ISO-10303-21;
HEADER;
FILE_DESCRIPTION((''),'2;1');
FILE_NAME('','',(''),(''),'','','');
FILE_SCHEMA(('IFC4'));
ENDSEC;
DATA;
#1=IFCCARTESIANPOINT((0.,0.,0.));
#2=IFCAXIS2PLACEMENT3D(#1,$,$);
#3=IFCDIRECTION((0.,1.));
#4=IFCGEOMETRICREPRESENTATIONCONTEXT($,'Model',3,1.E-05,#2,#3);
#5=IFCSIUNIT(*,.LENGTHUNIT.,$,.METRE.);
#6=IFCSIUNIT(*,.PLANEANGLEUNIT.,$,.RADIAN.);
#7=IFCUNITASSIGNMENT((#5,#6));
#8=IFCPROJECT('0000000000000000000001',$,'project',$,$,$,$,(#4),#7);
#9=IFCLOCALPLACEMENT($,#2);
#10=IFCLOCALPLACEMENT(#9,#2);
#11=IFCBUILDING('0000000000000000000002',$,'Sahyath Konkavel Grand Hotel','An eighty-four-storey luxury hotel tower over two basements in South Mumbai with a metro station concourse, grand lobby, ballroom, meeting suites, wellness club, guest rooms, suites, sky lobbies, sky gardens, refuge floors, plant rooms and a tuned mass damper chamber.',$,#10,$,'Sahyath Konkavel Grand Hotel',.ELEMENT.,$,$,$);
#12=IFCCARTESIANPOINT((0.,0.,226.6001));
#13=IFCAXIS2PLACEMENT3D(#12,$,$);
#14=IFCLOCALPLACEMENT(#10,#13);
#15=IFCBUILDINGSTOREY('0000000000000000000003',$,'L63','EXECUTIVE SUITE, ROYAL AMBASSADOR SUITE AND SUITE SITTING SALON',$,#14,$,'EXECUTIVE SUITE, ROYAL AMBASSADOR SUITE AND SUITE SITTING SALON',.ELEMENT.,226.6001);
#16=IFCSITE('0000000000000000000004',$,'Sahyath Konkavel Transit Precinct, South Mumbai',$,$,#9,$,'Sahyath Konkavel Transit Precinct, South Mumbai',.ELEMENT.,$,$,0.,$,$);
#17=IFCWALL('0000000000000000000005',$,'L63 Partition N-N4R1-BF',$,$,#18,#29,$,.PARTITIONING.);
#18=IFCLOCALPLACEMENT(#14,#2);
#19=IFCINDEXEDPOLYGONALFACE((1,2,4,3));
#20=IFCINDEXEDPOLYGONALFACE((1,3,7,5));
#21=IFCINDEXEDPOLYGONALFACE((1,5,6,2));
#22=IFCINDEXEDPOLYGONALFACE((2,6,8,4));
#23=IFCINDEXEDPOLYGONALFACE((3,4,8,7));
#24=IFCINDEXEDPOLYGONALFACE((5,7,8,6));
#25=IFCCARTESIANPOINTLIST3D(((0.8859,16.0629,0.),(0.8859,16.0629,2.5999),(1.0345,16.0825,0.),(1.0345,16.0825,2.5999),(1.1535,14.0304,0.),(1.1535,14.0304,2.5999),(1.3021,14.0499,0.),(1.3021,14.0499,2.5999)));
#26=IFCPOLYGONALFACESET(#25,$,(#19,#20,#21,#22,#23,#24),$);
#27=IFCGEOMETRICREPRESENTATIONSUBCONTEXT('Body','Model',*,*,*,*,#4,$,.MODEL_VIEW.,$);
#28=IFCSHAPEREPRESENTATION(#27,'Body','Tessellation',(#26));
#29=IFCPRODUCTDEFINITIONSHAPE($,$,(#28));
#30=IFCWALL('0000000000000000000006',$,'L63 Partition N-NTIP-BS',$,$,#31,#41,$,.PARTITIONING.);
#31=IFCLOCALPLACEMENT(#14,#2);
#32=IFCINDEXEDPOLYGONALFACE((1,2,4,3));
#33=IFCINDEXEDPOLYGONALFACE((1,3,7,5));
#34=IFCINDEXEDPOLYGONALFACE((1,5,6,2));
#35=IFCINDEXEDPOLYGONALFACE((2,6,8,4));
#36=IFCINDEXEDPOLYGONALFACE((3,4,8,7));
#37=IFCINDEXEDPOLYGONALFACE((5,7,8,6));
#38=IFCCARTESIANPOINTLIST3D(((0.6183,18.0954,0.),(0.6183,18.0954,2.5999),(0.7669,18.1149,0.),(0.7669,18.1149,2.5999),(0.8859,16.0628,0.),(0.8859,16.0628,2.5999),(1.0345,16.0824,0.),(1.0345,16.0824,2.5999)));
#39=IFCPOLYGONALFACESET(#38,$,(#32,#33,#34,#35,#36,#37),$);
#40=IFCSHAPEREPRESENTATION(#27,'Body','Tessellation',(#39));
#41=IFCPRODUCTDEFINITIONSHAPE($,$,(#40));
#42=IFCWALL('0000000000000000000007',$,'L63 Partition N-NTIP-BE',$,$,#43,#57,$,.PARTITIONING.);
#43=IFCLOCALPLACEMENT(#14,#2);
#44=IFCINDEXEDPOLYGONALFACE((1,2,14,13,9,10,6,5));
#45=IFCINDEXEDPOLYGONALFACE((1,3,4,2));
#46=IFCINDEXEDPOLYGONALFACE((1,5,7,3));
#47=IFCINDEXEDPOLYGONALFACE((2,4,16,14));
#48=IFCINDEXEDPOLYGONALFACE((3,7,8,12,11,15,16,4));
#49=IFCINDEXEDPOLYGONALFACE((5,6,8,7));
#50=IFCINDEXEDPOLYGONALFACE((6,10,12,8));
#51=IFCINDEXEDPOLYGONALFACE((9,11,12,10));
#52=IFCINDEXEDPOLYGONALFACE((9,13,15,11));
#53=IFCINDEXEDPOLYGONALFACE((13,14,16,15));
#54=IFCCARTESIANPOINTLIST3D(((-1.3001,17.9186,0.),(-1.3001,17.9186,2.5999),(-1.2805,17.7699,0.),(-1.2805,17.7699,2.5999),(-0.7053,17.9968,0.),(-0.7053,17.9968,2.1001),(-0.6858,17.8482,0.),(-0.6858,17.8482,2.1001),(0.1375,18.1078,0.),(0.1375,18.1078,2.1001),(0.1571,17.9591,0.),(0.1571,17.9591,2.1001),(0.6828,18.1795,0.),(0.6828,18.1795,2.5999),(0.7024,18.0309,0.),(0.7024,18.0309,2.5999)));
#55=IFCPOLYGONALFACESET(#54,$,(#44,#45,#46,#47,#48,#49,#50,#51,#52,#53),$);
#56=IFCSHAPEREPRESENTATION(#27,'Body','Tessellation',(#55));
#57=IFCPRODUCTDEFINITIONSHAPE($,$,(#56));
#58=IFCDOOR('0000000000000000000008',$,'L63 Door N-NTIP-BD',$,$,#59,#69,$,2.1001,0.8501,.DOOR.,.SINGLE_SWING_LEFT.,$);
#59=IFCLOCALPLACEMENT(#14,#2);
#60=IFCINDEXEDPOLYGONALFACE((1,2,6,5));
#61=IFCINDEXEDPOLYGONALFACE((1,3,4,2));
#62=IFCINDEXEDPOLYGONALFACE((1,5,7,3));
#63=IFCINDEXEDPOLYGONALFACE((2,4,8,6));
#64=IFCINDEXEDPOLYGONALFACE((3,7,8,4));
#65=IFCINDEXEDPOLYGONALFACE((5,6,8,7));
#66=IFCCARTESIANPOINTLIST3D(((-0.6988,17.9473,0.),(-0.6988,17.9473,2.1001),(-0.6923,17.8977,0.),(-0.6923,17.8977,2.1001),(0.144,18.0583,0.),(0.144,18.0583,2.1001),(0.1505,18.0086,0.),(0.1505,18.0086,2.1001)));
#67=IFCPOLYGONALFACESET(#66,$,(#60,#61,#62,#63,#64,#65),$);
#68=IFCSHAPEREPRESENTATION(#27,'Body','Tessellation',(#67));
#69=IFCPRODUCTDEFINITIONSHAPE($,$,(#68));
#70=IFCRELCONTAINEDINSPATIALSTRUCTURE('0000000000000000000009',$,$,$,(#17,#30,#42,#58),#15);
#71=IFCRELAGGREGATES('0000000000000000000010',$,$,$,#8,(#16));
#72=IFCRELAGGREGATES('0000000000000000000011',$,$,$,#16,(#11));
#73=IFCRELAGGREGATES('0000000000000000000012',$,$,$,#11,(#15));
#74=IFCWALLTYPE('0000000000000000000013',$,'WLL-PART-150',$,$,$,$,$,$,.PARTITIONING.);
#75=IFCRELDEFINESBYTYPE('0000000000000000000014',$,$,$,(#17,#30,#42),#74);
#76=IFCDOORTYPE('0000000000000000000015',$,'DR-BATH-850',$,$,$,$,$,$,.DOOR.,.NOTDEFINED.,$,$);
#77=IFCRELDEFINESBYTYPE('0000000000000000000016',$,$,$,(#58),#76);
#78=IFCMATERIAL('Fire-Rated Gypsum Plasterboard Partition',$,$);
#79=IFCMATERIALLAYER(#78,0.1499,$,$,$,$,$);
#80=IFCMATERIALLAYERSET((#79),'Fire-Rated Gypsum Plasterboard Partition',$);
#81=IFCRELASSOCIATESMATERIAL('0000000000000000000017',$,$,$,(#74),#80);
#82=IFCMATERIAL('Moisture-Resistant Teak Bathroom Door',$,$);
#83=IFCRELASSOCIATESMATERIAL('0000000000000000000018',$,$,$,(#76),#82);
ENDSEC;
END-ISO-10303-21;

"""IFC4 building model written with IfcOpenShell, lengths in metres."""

from ifc_helpers import new_model, si_unit, direction, frame, frame_2d, origin, origin_2d, place, context, subcontext, project, spatial, rectangle, extrude, source, transform, mapped, material, layer, layer_set, type_object, element, fill, save


model = new_model("IFC4")

# Units and contexts
model_context = context("Model", 3, precision=1e-05, world=origin(), true_north=direction((0.0, 1.0)))
body_context = subcontext(model_context, "Body", "Model", "MODEL_VIEW")
ifc_project = project(units=[si_unit("LENGTHUNIT", "METRE"), si_unit("PLANEANGLEUNIT", "RADIAN")], contexts=[model_context])

# Site, building, storey
site_placement = place(None, origin())
site = spatial("IfcSite", under=ifc_project, at=site_placement, Name="Sahyath Konkavel Transit Precinct, South Mumbai", LongName="Sahyath Konkavel Transit Precinct, South Mumbai", CompositionType="ELEMENT", RefElevation=0.0)
building_placement = place(site_placement, origin())
building = spatial("IfcBuilding", under=site, at=building_placement, Name="Sahyath Konkavel Grand Hotel", Description="An eighty-four-storey luxury hotel tower over two basements in South Mumbai with a metro station concourse, grand lobby, ballroom, meeting suites, wellness club, guest rooms, suites, sky lobbies, sky gardens, refuge floors, plant rooms and a tuned mass damper chamber.", LongName="Sahyath Konkavel Grand Hotel", CompositionType="ELEMENT")
storey_placement = place(building_placement, frame((0.0, 0.0, 226.6001)))
storey = spatial("IfcBuildingStorey", under=building, at=storey_placement, Name="L63", Description="EXECUTIVE SUITE, ROYAL AMBASSADOR SUITE AND SUITE SITTING SALON", LongName="EXECUTIVE SUITE, ROYAL AMBASSADOR SUITE AND SUITE SITTING SALON", CompositionType="ELEMENT", Elevation=226.6001)

# Shared definitions
shared_shape_1 = source(origin(), body_context, "Body", "SweptSolid", [
    extrude(rectangle(XDim=0.8501, YDim=0.05, at=origin_2d()), origin(), (0.0, 0.0, 1.0), 2.1001),
])

# Walls
ifc_material_1 = material(Name="Fire-Rated Gypsum Plasterboard Partition")
ifc_layer_1 = layer(ifc_material_1, 0.1499)
ifc_layer_set_1 = layer_set([ifc_layer_1], Name="Fire-Rated Gypsum Plasterboard Partition")
wall_type_1 = type_object("IfcWallType", Name="WLL-PART-150", PredefinedType="PARTITIONING", material=ifc_layer_set_1)
for number, where, z_axis, x_axis, name in (
    (1, (1.2278, 14.0403, 0.0), (0.0, 0.0, 1.0), (-0.130525, 0.991445, 0.0), "L63 Partition N-N4R1-BF"),
    (2, (0.9602, 16.0728, 0.0), (0.0, 0.0, 1.0), (-0.130525, 0.991445, 0.0), "L63 Partition N-NTIP-BS"),
):
    element("IfcWall", number, at=place(storey_placement, frame(where, z_axis=z_axis, x_axis=x_axis)), inside=storey, type_object=wall_type_1, Name=name, PredefinedType="PARTITIONING", context=body_context, shape_type="SweptSolid", body=[
        extrude(rectangle(XDim=2.05, YDim=0.1499, at=frame_2d((1.0249, 0.0))), origin(), (0.0, 0.0, 1.0), 2.5999),
    ])

# Wall, opening, door
wall_1_placement = place(storey_placement, frame((0.6926, 18.1052, 0.0), z_axis=(0.0, 0.0, 1.0), x_axis=(-0.991449, -0.130492, 0.0)))
wall_1 = element("IfcWall", 3, at=wall_1_placement, inside=storey, type_object=wall_type_1, Name="L63 Partition N-NTIP-BE", PredefinedType="PARTITIONING", context=body_context, shape_type="SweptSolid", body=[
    extrude(rectangle(XDim=2.0, YDim=0.1499, at=frame_2d((1.0, 0.0))), origin(), (0.0, 0.0, 1.0), 2.5999),
])
opening_1_placement = place(wall_1_placement, frame((0.55, 0.0, 0.0)))
opening_1 = element("IfcOpeningElement", 4, at=opening_1_placement, cuts=wall_1, PredefinedType="OPENING", context=body_context, shape_type="SweptSolid", body=[
    extrude(rectangle(XDim=0.8501, YDim=2.1001, at=frame_2d((0.425, 1.05))), frame((0.0, 0.085, 0.0), z_axis=(0.0, -1.0, 0.0), x_axis=(1.0, 0.0, 0.0)), (0.0, 0.0, 1.0), 0.1699),
])
ifc_material_2 = material(Name="Moisture-Resistant Teak Bathroom Door")
door_type_1 = type_object("IfcDoorType", Name="DR-BATH-850", OperationType="NOTDEFINED", PredefinedType="DOOR", material=ifc_material_2)
door_1_placement = place(opening_1_placement, frame((0.425, 0.0, 0.0)))
door_1 = element("IfcDoor", 5, at=door_1_placement, inside=storey, type_object=door_type_1, Name="L63 Door N-NTIP-BD", OperationType="SINGLE_SWING_LEFT", OverallHeight=2.1001, OverallWidth=0.8501, PredefinedType="DOOR", context=body_context, shape_type="MappedRepresentation", body=[
    mapped(shared_shape_1, transform((0.0, 0.0, 0.0), scale=1.0)),
])
fill(opening_1, door_1)

save(model, "model.ifc")
